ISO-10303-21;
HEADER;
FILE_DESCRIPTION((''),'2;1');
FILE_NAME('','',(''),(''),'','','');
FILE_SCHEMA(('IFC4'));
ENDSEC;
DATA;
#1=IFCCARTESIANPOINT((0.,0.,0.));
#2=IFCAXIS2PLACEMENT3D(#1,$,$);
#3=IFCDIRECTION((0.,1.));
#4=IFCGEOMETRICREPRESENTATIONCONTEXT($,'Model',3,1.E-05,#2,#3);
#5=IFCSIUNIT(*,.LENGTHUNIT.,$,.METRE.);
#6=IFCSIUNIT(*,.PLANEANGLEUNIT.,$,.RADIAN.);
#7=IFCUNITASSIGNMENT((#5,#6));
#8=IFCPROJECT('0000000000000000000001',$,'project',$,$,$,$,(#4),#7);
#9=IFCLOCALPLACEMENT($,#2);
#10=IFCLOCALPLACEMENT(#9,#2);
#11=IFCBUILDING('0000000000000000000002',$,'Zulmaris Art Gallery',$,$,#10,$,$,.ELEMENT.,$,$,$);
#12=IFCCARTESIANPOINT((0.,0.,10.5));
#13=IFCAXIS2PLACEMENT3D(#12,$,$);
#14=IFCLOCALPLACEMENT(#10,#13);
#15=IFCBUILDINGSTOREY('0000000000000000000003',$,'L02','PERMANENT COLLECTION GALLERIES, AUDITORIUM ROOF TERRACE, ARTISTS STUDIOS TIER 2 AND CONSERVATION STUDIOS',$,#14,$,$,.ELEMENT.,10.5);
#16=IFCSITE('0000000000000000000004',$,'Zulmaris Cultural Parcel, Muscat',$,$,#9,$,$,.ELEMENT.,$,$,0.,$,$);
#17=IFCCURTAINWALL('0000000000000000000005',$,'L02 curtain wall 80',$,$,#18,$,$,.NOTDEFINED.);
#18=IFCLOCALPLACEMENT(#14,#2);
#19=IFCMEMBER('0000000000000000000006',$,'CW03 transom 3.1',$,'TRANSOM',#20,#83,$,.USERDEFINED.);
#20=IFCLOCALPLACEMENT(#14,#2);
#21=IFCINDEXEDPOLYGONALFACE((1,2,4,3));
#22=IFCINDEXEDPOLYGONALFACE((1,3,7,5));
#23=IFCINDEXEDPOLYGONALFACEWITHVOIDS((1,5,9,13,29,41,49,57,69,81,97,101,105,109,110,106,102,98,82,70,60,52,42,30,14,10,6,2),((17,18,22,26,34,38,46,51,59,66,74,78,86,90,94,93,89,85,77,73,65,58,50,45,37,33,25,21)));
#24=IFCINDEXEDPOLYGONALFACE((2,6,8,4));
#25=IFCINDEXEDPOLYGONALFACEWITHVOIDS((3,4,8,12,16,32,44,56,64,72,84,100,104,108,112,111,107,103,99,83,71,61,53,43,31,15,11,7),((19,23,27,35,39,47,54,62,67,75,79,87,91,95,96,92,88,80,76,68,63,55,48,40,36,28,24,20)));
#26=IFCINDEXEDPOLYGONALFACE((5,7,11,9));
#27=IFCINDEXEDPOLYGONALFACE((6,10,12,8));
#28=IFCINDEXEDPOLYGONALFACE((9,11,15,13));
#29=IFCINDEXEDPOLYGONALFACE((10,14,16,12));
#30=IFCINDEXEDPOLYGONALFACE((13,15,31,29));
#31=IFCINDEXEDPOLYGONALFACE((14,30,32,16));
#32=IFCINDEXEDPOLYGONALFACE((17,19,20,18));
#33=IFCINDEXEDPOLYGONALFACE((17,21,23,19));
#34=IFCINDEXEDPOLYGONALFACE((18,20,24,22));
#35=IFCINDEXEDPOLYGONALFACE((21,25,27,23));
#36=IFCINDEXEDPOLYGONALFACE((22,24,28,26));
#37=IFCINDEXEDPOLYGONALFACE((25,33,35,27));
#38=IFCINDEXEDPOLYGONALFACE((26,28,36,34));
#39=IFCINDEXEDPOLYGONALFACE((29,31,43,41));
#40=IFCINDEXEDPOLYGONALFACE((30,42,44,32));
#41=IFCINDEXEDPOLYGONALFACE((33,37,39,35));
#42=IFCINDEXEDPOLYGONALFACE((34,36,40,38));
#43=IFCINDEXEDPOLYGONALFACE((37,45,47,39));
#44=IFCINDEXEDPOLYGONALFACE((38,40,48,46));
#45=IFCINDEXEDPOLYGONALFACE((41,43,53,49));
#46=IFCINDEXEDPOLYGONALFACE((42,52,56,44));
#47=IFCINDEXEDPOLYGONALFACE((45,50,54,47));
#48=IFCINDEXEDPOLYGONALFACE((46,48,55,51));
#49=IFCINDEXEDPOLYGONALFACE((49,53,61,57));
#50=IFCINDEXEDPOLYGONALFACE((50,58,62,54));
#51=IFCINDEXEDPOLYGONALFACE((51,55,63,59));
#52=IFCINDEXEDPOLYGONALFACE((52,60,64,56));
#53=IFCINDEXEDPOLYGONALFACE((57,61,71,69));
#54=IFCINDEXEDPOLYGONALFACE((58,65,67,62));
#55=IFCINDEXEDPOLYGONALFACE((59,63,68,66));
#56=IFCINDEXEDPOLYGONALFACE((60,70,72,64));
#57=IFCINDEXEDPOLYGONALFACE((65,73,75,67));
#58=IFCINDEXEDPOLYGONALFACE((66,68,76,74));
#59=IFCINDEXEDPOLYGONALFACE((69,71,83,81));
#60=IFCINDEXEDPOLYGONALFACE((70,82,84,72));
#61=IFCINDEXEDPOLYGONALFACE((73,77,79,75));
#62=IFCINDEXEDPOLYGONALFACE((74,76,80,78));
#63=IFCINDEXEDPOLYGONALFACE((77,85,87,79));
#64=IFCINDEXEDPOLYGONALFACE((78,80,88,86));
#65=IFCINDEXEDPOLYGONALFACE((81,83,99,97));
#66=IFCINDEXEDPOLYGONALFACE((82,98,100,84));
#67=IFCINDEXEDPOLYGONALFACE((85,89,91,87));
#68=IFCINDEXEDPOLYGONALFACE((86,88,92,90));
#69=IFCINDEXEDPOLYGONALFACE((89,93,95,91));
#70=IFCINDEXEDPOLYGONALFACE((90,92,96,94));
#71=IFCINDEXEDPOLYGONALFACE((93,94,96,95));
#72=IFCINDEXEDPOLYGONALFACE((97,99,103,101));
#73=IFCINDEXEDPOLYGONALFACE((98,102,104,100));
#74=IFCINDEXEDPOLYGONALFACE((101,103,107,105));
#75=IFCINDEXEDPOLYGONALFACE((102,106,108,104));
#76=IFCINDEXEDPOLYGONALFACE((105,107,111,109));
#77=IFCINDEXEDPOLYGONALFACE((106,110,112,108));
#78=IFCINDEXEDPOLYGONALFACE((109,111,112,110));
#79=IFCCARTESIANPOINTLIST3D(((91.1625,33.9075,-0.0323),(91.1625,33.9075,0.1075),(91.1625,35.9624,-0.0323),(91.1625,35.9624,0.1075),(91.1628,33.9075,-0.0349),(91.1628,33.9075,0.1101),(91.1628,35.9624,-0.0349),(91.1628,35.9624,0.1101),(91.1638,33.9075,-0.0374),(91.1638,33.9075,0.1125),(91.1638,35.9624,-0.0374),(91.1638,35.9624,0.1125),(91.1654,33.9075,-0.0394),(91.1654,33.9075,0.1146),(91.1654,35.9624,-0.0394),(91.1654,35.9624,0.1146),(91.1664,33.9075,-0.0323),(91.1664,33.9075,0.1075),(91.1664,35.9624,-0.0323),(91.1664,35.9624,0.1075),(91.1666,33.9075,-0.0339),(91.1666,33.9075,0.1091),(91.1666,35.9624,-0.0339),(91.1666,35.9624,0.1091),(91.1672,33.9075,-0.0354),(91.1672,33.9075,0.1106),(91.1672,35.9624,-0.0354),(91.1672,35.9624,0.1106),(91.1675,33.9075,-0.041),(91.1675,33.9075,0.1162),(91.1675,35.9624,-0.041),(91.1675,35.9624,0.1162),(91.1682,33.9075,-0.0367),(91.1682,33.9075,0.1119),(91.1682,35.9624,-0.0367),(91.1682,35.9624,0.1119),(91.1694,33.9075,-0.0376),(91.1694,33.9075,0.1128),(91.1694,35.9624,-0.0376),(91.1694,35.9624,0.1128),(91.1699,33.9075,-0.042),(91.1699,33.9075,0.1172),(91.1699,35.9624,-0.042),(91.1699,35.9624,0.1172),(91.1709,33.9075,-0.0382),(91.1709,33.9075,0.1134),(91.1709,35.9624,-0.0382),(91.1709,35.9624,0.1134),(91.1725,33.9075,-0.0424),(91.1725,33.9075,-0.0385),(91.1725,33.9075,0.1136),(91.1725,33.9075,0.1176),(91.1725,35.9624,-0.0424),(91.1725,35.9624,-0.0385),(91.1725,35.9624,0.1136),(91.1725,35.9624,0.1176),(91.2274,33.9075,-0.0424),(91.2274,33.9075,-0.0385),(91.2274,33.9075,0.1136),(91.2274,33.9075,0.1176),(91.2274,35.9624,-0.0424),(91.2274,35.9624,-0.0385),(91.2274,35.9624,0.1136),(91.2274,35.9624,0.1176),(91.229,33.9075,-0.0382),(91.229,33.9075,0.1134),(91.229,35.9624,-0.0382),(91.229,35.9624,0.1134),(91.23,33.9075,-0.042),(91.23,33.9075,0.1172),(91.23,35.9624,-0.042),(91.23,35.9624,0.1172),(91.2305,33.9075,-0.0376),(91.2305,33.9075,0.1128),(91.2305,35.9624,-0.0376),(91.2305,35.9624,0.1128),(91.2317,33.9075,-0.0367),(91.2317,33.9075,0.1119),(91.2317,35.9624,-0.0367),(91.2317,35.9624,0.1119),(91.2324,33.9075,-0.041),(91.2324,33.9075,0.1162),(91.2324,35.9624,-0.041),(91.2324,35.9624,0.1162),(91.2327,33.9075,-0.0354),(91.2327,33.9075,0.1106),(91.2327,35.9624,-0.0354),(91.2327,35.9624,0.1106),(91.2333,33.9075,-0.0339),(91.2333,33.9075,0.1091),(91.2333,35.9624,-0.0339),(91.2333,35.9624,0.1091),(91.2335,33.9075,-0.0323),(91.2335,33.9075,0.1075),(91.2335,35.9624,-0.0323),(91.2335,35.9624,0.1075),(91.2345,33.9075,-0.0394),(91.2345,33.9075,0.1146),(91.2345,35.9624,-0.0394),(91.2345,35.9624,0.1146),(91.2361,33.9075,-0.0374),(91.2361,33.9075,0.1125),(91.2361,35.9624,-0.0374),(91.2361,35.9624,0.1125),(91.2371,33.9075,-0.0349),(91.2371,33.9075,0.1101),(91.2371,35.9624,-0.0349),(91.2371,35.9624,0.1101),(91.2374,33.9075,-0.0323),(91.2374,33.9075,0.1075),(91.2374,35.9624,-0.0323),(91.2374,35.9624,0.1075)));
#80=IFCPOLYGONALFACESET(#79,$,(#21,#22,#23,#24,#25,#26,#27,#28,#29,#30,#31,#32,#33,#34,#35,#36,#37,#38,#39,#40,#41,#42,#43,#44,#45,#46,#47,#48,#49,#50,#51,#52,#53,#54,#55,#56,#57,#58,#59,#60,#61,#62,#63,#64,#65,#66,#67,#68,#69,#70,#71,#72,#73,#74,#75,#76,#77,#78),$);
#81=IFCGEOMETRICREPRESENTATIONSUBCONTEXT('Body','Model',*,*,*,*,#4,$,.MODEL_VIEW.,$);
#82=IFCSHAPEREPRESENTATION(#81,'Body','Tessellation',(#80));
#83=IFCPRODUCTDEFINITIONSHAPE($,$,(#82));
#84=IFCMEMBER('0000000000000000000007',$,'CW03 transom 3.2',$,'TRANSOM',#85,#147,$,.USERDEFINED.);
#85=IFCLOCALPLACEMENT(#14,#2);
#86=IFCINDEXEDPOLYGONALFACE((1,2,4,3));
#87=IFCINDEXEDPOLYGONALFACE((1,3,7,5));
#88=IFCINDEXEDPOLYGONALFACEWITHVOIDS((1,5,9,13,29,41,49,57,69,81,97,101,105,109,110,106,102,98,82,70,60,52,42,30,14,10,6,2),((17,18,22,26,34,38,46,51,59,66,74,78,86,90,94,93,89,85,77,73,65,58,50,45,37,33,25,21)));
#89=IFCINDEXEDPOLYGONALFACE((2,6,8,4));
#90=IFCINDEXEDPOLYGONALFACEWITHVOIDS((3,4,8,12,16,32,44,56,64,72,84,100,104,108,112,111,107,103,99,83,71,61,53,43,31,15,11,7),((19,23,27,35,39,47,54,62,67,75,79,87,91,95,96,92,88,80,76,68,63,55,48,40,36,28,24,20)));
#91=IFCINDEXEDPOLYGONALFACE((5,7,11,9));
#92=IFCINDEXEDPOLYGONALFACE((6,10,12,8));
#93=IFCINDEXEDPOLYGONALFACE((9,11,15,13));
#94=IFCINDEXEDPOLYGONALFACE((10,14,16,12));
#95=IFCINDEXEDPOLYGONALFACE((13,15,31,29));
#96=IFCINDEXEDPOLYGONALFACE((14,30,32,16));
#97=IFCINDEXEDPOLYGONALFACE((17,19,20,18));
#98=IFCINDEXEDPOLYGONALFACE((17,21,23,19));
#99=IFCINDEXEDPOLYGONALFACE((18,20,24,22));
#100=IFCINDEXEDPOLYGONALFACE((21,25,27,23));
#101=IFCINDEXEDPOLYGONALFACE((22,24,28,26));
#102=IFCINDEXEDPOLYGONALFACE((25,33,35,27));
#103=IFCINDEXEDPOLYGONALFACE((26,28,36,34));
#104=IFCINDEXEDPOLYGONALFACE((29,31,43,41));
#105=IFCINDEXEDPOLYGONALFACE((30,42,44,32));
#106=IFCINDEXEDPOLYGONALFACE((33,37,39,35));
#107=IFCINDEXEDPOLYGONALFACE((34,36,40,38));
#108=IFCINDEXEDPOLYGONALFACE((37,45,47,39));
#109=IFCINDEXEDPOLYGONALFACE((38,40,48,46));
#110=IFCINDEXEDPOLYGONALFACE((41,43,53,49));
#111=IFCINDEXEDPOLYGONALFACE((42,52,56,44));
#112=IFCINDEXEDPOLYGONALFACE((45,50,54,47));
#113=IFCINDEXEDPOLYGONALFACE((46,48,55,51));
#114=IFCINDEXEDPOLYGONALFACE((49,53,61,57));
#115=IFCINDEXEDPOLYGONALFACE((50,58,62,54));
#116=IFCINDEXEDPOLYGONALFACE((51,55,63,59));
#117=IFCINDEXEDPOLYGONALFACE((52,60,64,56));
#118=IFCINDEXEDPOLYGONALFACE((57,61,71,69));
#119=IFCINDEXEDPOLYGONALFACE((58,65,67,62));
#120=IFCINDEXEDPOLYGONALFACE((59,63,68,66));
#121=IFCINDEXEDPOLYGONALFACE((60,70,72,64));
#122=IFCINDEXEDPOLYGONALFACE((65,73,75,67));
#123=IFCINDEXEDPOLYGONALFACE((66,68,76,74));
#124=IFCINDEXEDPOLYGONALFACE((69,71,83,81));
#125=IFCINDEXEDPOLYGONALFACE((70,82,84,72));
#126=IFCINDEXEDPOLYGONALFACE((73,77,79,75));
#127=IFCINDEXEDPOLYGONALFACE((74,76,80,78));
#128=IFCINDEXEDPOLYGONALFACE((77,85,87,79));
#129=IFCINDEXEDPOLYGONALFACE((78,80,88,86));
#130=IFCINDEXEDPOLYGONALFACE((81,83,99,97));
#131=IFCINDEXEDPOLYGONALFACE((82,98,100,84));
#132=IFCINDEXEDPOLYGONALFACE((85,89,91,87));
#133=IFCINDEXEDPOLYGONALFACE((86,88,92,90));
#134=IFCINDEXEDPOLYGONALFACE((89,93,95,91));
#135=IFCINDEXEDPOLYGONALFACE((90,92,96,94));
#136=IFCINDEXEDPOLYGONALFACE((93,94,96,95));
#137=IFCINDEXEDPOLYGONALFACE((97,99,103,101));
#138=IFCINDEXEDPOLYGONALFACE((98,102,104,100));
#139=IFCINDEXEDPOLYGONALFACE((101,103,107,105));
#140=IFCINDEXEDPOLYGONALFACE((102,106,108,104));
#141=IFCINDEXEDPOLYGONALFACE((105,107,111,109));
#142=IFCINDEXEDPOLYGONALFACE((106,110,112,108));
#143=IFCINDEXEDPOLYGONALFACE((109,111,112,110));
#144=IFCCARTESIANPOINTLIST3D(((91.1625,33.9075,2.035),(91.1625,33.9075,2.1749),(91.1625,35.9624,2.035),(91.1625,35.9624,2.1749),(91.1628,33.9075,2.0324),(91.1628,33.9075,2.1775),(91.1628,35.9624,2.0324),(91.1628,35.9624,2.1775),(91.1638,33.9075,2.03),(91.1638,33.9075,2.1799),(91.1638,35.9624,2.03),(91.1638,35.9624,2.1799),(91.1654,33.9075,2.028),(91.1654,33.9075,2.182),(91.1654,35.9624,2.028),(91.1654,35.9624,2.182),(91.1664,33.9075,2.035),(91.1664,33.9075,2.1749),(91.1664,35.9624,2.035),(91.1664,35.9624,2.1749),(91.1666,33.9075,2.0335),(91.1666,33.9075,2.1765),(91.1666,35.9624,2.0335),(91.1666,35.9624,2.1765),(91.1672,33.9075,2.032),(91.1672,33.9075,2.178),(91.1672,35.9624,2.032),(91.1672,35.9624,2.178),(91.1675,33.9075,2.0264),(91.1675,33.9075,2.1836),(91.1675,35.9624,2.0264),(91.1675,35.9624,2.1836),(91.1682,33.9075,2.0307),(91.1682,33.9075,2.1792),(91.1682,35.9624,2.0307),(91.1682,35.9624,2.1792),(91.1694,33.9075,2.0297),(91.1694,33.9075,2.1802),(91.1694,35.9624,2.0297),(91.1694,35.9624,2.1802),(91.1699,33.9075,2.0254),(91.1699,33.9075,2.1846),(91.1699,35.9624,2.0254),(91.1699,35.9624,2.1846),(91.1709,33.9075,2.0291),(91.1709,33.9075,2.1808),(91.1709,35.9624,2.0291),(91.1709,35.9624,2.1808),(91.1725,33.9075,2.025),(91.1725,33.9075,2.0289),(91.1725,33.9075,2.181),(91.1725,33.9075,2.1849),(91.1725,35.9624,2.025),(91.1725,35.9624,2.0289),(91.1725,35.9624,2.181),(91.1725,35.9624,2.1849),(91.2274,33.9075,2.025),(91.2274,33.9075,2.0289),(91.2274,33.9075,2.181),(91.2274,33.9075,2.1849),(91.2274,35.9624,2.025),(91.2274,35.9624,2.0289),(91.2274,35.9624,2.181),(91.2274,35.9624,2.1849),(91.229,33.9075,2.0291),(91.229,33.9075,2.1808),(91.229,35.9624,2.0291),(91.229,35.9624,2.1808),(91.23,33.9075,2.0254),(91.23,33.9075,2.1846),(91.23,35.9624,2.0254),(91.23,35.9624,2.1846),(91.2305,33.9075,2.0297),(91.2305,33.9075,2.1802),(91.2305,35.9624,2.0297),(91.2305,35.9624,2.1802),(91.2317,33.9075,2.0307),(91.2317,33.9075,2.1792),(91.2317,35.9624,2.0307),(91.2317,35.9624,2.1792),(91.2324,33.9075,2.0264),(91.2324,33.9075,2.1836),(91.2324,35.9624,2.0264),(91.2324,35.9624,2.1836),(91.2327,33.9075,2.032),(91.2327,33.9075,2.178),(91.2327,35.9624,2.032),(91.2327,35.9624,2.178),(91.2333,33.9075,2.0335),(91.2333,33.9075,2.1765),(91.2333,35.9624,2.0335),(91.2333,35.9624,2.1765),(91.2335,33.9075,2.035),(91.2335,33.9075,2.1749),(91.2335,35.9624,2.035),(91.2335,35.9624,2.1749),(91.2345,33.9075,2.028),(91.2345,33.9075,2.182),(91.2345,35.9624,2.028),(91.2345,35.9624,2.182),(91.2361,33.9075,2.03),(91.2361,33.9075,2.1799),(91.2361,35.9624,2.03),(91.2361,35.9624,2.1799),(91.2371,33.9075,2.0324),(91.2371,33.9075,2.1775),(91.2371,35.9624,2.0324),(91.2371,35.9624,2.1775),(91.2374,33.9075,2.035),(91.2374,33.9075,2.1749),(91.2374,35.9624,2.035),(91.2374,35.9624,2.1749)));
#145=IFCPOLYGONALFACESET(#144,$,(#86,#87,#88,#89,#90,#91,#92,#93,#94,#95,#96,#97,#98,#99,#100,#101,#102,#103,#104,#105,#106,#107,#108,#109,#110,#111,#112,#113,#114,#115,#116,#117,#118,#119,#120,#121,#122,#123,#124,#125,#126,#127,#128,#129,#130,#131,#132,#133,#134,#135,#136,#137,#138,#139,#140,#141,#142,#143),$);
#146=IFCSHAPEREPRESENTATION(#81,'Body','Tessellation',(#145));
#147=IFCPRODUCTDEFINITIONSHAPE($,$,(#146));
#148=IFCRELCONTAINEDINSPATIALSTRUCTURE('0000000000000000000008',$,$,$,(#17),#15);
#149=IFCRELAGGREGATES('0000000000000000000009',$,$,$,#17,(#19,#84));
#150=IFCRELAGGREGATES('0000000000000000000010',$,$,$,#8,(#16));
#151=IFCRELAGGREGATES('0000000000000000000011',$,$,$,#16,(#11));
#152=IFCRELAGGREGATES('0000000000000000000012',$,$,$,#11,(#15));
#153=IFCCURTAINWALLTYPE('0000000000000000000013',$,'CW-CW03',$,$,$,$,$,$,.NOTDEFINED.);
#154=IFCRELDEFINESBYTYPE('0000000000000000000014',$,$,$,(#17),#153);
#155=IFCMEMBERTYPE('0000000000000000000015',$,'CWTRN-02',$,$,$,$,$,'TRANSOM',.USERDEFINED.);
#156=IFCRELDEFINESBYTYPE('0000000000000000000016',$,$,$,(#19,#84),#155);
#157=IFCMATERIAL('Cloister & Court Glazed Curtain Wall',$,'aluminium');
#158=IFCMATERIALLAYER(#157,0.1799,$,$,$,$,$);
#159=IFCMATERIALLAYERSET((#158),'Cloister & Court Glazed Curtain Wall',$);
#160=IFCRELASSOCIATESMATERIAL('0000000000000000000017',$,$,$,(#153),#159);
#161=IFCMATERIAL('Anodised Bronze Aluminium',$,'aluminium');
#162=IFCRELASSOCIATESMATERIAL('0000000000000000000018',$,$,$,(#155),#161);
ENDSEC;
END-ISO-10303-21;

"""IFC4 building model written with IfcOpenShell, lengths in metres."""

from ifc_helpers import new_model, si_unit, direction, frame, origin, origin_2d, place, context, subcontext, project, spatial, hollow_rectangle, extrude, material, layer, layer_set, material_profile, profile_set, type_object, element, aggregate, save


model = new_model("IFC4")

# Units and contexts
model_context = context("Model", 3, precision=1e-05, world=origin(), true_north=direction((0.0, 1.0)))
body_context = subcontext(model_context, "Body", "Model", "MODEL_VIEW")
ifc_project = project(units=[si_unit("LENGTHUNIT", "METRE"), si_unit("PLANEANGLEUNIT", "RADIAN")], contexts=[model_context])

# Site, building, storey
site_placement = place(None, origin())
site = spatial("IfcSite", under=ifc_project, at=site_placement, Name="Zulmaris Cultural Parcel, Muscat", CompositionType="ELEMENT", RefElevation=0.0)
building_placement = place(site_placement, origin())
building = spatial("IfcBuilding", under=site, at=building_placement, Name="Zulmaris Art Gallery", CompositionType="ELEMENT")
storey_placement = place(building_placement, frame((0.0, 0.0, 10.5)))
storey = spatial("IfcBuildingStorey", under=building, at=storey_placement, Name="L02", Description="PERMANENT COLLECTION GALLERIES, AUDITORIUM ROOF TERRACE, ARTISTS STUDIOS TIER 2 AND CONSERVATION STUDIOS", CompositionType="ELEMENT", Elevation=10.5)

# Curtain wall
ifc_material_1 = material(Name="Cloister & Court Glazed Curtain Wall", Category="aluminium")
ifc_layer_1 = layer(ifc_material_1, 0.1799)
ifc_layer_set_1 = layer_set([ifc_layer_1], Name="Cloister & Court Glazed Curtain Wall")
curtain_wall_type = type_object("IfcCurtainWallType", Name="CW-CW03", PredefinedType="NOTDEFINED", material=ifc_layer_set_1)
ifc_material_2 = material(Name="Anodised Bronze Aluminium", Category="aluminium")
curtain_wall_1_placement = place(storey_placement, origin())
curtain_wall_1 = element("IfcCurtainWall", 1, at=curtain_wall_1_placement, inside=storey, type_object=curtain_wall_type, Name="L02 curtain wall 80", PredefinedType="NOTDEFINED")

# Members
ifc_material_profile_1 = material_profile(ifc_material_2, hollow_rectangle(XDim=0.075, YDim=0.1599, WallThickness=0.0039, InnerFilletRadius=0.0061, OuterFilletRadius=0.01, at=origin_2d()), Name="ALU 75x160x4")
ifc_profile_set_1 = profile_set([ifc_material_profile_1], Name="Anodised Bronze Aluminium")
member_type_1 = type_object("IfcMemberType", Name="CWTRN-02", ElementType="TRANSOM", PredefinedType="USERDEFINED", material=ifc_profile_set_1)
member_1_placement = place(storey_placement, frame((91.2, 35.9624, 0.0376), z_axis=(0.0, -1.0, 0.0), x_axis=(1.0, 0.0, 0.0)))
member_1 = element("IfcMember", 2, at=member_1_placement, type_object=member_type_1, Name="CW03 transom 3.1", ObjectType="TRANSOM", PredefinedType="USERDEFINED", context=body_context, shape_type="SweptSolid", body=[
    extrude(hollow_rectangle(XDim=0.075, YDim=0.1599, WallThickness=0.0039, InnerFilletRadius=0.0061, OuterFilletRadius=0.01, at=origin_2d()), origin(), (0.0, 0.0, 1.0), 2.0549),
])
member_2_placement = place(storey_placement, frame((91.2, 35.9624, 2.105), z_axis=(0.0, -1.0, 0.0), x_axis=(1.0, 0.0, 0.0)))
member_2 = element("IfcMember", 3, at=member_2_placement, type_object=member_type_1, Name="CW03 transom 3.2", ObjectType="TRANSOM", PredefinedType="USERDEFINED", context=body_context, shape_type="SweptSolid", body=[
    extrude(hollow_rectangle(XDim=0.075, YDim=0.1599, WallThickness=0.0039, InnerFilletRadius=0.0061, OuterFilletRadius=0.01, at=origin_2d()), origin(), (0.0, 0.0, 1.0), 2.0549),
])

aggregate(curtain_wall_1, [member_1, member_2])

save(model, "model.ifc")
